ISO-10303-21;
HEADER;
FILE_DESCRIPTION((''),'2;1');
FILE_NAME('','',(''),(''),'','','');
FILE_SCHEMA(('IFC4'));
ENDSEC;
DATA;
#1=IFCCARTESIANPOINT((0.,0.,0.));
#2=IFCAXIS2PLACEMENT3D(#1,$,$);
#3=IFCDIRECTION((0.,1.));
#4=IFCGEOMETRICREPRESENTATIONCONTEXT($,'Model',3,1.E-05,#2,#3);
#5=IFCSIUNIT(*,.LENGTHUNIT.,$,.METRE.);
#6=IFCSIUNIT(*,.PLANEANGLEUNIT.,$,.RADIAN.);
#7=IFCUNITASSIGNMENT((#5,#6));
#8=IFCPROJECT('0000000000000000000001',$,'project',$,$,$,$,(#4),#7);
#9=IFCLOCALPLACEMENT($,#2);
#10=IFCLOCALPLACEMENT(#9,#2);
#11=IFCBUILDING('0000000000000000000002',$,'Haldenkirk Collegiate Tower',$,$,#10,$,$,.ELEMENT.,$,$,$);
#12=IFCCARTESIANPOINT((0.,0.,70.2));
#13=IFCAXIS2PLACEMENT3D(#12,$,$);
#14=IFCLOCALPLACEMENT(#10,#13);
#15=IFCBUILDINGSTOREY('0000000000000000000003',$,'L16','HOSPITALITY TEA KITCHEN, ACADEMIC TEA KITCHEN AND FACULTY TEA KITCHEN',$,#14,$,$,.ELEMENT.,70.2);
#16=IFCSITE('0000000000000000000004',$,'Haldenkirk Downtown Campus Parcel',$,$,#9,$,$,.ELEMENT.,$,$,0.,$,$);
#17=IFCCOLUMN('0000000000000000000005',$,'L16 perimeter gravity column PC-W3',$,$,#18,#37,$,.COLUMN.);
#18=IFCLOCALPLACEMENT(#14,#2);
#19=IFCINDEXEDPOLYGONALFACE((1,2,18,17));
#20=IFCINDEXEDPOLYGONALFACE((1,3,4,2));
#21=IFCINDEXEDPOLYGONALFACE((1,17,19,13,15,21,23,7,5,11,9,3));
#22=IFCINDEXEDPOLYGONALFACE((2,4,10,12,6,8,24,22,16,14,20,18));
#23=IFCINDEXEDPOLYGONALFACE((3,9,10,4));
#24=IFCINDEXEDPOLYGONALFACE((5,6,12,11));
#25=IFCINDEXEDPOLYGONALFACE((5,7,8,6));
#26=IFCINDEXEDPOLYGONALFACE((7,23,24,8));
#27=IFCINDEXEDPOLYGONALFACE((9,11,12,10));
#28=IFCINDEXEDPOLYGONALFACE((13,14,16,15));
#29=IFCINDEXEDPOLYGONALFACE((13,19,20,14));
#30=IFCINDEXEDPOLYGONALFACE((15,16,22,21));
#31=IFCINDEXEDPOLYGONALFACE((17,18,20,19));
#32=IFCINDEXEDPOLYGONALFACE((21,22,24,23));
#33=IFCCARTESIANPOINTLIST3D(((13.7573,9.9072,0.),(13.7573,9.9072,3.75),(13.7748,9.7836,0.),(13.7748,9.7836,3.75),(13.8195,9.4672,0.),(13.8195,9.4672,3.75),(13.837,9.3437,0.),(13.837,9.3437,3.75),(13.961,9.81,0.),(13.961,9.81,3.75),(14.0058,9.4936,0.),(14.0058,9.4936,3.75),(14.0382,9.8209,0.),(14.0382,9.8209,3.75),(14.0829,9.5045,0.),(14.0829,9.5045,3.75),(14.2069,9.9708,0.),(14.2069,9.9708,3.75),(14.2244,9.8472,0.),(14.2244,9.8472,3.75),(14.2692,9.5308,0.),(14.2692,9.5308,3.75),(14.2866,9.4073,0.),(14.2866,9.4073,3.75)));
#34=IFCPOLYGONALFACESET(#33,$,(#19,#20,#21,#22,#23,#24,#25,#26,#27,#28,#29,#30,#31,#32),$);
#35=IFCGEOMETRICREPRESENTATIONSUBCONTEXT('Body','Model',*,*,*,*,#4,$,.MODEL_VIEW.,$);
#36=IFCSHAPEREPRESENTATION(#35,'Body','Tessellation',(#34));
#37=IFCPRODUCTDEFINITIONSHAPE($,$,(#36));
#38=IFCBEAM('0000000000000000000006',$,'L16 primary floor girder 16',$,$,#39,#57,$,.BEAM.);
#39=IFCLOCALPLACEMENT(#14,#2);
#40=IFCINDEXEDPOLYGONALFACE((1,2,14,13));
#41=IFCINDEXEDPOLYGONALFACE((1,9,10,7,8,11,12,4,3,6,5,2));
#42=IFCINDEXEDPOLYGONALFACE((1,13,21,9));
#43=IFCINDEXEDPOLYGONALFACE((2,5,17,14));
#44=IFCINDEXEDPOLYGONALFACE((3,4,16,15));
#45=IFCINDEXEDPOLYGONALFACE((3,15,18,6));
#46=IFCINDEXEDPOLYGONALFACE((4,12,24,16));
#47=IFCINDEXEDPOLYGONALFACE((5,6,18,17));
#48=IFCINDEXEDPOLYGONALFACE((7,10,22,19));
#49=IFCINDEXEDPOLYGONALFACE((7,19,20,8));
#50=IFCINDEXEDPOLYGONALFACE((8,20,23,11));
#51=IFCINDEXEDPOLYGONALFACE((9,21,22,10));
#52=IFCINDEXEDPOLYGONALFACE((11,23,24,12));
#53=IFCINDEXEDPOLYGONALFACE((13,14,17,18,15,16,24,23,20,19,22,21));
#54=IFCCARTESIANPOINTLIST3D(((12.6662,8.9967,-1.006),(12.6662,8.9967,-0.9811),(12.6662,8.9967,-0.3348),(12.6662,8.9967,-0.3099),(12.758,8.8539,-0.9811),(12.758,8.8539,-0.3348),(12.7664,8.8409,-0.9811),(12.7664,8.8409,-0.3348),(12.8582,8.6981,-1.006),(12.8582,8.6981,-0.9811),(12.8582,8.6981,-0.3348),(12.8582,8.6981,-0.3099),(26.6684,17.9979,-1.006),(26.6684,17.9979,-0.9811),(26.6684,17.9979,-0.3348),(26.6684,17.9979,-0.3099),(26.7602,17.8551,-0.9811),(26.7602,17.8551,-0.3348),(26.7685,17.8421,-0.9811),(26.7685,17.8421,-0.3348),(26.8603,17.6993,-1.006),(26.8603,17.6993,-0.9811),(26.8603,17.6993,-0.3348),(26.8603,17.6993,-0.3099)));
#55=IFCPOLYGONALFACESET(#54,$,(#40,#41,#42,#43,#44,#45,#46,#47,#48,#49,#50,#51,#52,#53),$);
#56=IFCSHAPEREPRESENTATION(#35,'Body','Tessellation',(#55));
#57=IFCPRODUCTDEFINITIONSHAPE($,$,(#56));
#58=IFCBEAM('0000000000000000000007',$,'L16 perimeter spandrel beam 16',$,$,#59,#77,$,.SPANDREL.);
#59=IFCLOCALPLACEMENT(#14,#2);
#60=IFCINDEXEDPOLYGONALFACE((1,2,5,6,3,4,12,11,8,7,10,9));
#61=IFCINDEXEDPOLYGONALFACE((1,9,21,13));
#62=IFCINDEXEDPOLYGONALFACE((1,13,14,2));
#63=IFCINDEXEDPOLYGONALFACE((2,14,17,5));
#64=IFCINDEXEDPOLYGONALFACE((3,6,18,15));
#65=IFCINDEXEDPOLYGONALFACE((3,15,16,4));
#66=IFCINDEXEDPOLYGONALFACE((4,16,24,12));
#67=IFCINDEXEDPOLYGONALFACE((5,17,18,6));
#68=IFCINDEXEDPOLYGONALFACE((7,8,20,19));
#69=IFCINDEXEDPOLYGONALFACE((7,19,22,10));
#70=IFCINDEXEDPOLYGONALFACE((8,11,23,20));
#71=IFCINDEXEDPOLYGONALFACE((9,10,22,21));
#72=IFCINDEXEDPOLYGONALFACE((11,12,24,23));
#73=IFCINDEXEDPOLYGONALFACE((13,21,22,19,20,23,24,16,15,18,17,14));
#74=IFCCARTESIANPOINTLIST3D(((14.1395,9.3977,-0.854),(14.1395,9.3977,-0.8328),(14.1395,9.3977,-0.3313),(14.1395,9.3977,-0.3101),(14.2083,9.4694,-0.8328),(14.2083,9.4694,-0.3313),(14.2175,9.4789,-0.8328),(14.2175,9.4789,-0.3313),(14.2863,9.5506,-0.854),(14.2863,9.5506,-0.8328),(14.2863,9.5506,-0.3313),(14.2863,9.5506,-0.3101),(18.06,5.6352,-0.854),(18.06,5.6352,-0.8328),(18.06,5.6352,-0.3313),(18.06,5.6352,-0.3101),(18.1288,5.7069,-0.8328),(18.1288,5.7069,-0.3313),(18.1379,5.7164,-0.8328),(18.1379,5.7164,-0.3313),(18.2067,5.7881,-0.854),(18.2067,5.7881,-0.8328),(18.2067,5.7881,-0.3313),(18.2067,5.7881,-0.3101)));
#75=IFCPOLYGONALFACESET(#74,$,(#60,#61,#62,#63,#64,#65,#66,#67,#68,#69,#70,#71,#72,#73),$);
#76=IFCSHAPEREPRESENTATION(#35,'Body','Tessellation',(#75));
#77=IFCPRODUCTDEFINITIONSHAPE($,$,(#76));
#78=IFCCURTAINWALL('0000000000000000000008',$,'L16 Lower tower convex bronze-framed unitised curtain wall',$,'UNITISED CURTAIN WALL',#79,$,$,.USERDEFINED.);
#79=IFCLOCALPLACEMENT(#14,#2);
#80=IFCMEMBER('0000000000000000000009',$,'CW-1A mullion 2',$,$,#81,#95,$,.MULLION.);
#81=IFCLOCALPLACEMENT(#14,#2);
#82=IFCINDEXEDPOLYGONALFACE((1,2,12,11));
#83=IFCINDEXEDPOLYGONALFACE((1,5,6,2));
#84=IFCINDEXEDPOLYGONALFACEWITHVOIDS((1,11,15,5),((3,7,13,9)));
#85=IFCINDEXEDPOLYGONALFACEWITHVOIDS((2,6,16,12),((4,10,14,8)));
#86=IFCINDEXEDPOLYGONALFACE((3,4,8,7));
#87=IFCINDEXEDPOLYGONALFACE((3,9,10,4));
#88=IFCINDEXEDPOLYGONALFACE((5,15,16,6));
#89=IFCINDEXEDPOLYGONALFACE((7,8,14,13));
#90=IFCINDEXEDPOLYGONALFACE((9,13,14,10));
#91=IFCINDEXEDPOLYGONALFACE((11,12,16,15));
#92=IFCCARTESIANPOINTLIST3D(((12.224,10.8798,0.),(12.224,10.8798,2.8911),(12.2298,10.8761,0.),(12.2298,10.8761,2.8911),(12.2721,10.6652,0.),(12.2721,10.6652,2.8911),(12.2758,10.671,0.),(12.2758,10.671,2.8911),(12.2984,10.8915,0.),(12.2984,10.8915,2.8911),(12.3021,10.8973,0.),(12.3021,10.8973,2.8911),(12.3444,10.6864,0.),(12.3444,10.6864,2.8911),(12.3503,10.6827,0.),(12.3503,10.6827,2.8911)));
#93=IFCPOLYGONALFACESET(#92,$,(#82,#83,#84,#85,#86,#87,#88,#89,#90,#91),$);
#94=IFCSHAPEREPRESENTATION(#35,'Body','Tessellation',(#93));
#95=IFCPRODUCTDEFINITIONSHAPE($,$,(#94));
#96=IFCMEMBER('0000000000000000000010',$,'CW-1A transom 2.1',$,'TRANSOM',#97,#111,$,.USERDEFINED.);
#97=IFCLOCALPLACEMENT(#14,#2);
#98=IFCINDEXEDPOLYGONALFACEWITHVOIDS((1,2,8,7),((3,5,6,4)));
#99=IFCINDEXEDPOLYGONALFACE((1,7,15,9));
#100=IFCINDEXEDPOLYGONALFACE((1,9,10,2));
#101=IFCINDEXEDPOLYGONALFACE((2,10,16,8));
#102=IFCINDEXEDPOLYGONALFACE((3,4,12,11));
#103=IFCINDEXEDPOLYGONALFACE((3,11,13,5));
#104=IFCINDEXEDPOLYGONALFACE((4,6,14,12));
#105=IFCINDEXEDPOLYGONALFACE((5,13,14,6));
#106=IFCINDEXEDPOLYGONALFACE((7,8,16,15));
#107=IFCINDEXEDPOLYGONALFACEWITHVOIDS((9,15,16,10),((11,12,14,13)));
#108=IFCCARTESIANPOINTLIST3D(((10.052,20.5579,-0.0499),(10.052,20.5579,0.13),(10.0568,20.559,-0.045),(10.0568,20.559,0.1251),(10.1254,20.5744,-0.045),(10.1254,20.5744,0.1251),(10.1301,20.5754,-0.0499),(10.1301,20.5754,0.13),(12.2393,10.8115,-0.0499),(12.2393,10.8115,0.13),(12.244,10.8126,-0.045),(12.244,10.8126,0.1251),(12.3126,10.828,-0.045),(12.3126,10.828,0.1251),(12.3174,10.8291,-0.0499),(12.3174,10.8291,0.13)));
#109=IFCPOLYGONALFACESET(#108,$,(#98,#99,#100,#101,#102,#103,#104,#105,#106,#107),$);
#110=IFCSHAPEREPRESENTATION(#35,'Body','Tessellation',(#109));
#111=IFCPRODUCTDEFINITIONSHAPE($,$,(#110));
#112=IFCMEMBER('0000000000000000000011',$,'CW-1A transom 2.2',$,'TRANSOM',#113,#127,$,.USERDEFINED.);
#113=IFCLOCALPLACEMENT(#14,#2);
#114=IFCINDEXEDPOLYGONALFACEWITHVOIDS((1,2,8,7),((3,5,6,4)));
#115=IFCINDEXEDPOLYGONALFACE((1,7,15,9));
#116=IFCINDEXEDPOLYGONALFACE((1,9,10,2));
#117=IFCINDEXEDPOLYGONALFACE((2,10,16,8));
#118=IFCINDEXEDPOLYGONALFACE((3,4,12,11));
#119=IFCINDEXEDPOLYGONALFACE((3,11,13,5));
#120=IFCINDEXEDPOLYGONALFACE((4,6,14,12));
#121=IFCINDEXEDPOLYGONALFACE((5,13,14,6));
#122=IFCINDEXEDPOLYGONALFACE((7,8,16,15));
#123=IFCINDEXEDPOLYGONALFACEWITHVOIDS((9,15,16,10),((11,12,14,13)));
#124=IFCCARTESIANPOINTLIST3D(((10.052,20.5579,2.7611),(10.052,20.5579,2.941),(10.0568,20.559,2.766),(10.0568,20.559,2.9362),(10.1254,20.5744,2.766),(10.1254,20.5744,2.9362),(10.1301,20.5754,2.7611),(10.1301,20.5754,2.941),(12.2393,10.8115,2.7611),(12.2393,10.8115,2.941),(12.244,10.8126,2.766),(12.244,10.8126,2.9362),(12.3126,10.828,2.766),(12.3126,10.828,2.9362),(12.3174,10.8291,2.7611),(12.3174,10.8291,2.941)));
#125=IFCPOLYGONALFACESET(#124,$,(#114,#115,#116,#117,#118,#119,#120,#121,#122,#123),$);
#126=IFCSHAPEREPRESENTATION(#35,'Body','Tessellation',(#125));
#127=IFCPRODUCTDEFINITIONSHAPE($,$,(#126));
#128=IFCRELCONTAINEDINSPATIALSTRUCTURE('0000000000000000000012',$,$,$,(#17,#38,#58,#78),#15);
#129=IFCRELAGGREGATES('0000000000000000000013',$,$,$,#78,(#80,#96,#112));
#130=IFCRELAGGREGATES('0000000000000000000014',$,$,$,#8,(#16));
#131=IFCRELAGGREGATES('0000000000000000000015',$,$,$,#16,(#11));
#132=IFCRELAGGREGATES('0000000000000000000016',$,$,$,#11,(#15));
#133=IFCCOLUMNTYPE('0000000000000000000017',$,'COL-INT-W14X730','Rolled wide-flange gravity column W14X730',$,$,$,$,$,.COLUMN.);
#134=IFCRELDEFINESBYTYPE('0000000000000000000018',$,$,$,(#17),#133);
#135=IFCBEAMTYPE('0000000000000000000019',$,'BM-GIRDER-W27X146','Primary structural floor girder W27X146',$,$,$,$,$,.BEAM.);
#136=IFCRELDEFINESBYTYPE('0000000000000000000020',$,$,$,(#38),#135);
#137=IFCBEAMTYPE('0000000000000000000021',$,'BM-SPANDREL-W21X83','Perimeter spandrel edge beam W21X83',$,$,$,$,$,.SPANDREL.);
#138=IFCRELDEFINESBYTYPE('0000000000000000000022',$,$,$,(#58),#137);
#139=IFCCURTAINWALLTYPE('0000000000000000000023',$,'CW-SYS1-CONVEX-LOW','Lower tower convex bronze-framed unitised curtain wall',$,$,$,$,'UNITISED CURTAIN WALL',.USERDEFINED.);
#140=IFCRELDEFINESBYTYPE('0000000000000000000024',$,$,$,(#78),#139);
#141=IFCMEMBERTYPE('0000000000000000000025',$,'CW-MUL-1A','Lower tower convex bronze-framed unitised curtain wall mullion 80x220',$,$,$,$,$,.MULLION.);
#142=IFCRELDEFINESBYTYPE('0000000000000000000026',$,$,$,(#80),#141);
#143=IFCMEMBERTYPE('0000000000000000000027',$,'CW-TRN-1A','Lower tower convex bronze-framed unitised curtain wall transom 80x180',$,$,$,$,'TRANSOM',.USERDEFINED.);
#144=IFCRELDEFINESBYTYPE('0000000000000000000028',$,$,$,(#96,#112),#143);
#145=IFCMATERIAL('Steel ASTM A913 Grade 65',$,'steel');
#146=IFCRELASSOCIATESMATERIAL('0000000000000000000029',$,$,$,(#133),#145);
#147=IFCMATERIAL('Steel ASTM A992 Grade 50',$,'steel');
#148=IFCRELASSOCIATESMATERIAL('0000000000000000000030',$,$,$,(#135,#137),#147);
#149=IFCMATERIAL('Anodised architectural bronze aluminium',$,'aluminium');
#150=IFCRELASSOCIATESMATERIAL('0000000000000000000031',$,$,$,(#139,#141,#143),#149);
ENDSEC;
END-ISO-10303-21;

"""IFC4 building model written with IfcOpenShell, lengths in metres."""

from ifc_helpers import new_model, si_unit, direction, frame, origin, origin_2d, place, context, subcontext, project, spatial, hollow_rectangle, i_section, extrude, material, material_profile, profile_set, type_object, element, aggregate, save


model = new_model("IFC4")

# Units and contexts
model_context = context("Model", 3, precision=1e-05, world=origin(), true_north=direction((0.0, 1.0)))
body_context = subcontext(model_context, "Body", "Model", "MODEL_VIEW")
ifc_project = project(units=[si_unit("LENGTHUNIT", "METRE"), si_unit("PLANEANGLEUNIT", "RADIAN")], contexts=[model_context])

# Site, building, storey
site_placement = place(None, origin())
site = spatial("IfcSite", under=ifc_project, at=site_placement, Name="Haldenkirk Downtown Campus Parcel", CompositionType="ELEMENT", RefElevation=0.0)
building_placement = place(site_placement, origin())
building = spatial("IfcBuilding", under=site, at=building_placement, Name="Haldenkirk Collegiate Tower", CompositionType="ELEMENT")
storey_placement = place(building_placement, frame((0.0, 0.0, 70.2)))
storey = spatial("IfcBuildingStorey", under=building, at=storey_placement, Name="L16", Description="HOSPITALITY TEA KITCHEN, ACADEMIC TEA KITCHEN AND FACULTY TEA KITCHEN", CompositionType="ELEMENT", Elevation=70.2)

# Column
ifc_material_1 = material(Name="Steel ASTM A913 Grade 65", Category="steel")
ifc_material_profile_1 = material_profile(ifc_material_1, i_section(OverallWidth=0.4541, OverallDepth=0.5691, WebThickness=0.0779, FlangeThickness=0.1248, at=origin_2d()), Name="W14X730")
ifc_profile_set_1 = profile_set([ifc_material_profile_1], Name="Steel ASTM A913 Grade 65")
column_type = type_object("IfcColumnType", Name="COL-INT-W14X730", Description="Rolled wide-flange gravity column W14X730", PredefinedType="COLUMN", material=ifc_profile_set_1)
column_placement = place(storey_placement, frame((14.022, 9.6572, 0.0), z_axis=(0.0, 0.0, 1.0), x_axis=(0.990146, 0.140037, 0.0)))
element("IfcColumn", 1, at=column_placement, inside=storey, type_object=column_type, Name="L16 perimeter gravity column PC-W3", PredefinedType="COLUMN", context=body_context, shape_type="SweptSolid", body=[
    extrude(i_section(OverallWidth=0.4541, OverallDepth=0.5691, WebThickness=0.0779, FlangeThickness=0.1248, at=origin_2d()), origin(), (0.0, 0.0, 1.0), 3.75),
])

# Beams
ifc_material_2 = material(Name="Steel ASTM A992 Grade 50", Category="steel")
ifc_material_profile_2 = material_profile(ifc_material_2, i_section(OverallWidth=0.355, OverallDepth=0.696, WebThickness=0.0154, FlangeThickness=0.0249, at=origin_2d()), Name="W27X146")
ifc_profile_set_2 = profile_set([ifc_material_profile_2], Name="Steel ASTM A992 Grade 50")
beam_type_1 = type_object("IfcBeamType", Name="BM-GIRDER-W27X146", Description="Primary structural floor girder W27X146", PredefinedType="BEAM", material=ifc_profile_set_2)
beam_1_placement = place(storey_placement, frame((12.7622, 8.8474, -0.658), z_axis=(0.841184, 0.540749, 0.0), x_axis=(-0.540749, 0.841184, 0.0)))
element("IfcBeam", 2, at=beam_1_placement, inside=storey, type_object=beam_type_1, Name="L16 primary floor girder 16", PredefinedType="BEAM", context=body_context, shape_type="SweptSolid", body=[
    extrude(i_section(OverallWidth=0.355, OverallDepth=0.696, WebThickness=0.0154, FlangeThickness=0.0249, at=origin_2d()), origin(), (0.0, 0.0, 1.0), 16.6458),
])
ifc_material_profile_3 = material_profile(ifc_material_2, i_section(OverallWidth=0.2119, OverallDepth=0.5439, WebThickness=0.0132, FlangeThickness=0.0212, at=origin_2d()), Name="W21X83")
ifc_profile_set_3 = profile_set([ifc_material_profile_3], Name="Steel ASTM A992 Grade 50")
beam_type_2 = type_object("IfcBeamType", Name="BM-SPANDREL-W21X83", Description="Perimeter spandrel edge beam W21X83", PredefinedType="SPANDREL", material=ifc_profile_set_3)
beam_2_placement = place(storey_placement, frame((14.2129, 9.4741, -0.582), z_axis=(0.721492, -0.692422, 0.0), x_axis=(0.692422, 0.721492, 0.0)))
element("IfcBeam", 3, at=beam_2_placement, inside=storey, type_object=beam_type_2, Name="L16 perimeter spandrel beam 16", PredefinedType="SPANDREL", context=body_context, shape_type="SweptSolid", body=[
    extrude(i_section(OverallWidth=0.2119, OverallDepth=0.5439, WebThickness=0.0132, FlangeThickness=0.0212, at=origin_2d()), origin(), (0.0, 0.0, 1.0), 5.4338),
])

# Curtain wall, members
ifc_material_3 = material(Name="Anodised architectural bronze aluminium", Category="aluminium")
curtain_wall_type = type_object("IfcCurtainWallType", Name="CW-SYS1-CONVEX-LOW", Description="Lower tower convex bronze-framed unitised curtain wall", ElementType="UNITISED CURTAIN WALL", PredefinedType="USERDEFINED", material=ifc_material_3)
curtain_wall_placement = place(storey_placement, origin())
curtain_wall = element("IfcCurtainWall", 4, at=curtain_wall_placement, inside=storey, type_object=curtain_wall_type, Name="L16 Lower tower convex bronze-framed unitised curtain wall", ObjectType="UNITISED CURTAIN WALL", PredefinedType="USERDEFINED")
ifc_material_profile_4 = material_profile(ifc_material_3, hollow_rectangle(XDim=0.0801, YDim=0.22, WallThickness=0.0049, at=origin_2d()), Name="CW-MUL-1A")
ifc_profile_set_4 = profile_set([ifc_material_profile_4], Name="Anodised architectural bronze aluminium")
member_type_1 = type_object("IfcMemberType", Name="CW-MUL-1A", Description="Lower tower convex bronze-framed unitised curtain wall mullion 80x220", PredefinedType="MULLION", material=ifc_profile_set_4)
member_1_placement = place(storey_placement, frame((12.2871, 10.7812, 0.0), z_axis=(0.0, 0.0, 1.0), x_axis=(-0.975726, -0.218995, 0.0)))
member_1 = element("IfcMember", 5, at=member_1_placement, type_object=member_type_1, Name="CW-1A mullion 2", PredefinedType="MULLION", context=body_context, shape_type="SweptSolid", body=[
    extrude(hollow_rectangle(XDim=0.0801, YDim=0.22, WallThickness=0.0049, at=origin_2d()), origin(), (0.0, 0.0, 1.0), 2.8911),
])
ifc_material_profile_5 = material_profile(ifc_material_3, hollow_rectangle(XDim=0.0801, YDim=0.1799, WallThickness=0.0049, at=origin_2d()), Name="CW-TRN-1A")
ifc_profile_set_5 = profile_set([ifc_material_profile_5], Name="Anodised architectural bronze aluminium")
member_type_2 = type_object("IfcMemberType", Name="CW-TRN-1A", Description="Lower tower convex bronze-framed unitised curtain wall transom 80x180", ElementType="TRANSOM", PredefinedType="USERDEFINED", material=ifc_profile_set_5)
member_2_placement = place(storey_placement, frame((12.2783, 10.8203, 0.04), z_axis=(-0.218972, 0.975731, 0.0), x_axis=(-0.975731, -0.218972, 0.0)))
member_2 = element("IfcMember", 6, at=member_2_placement, type_object=member_type_2, Name="CW-1A transom 2.1", ObjectType="TRANSOM", PredefinedType="USERDEFINED", context=body_context, shape_type="SweptSolid", body=[
    extrude(hollow_rectangle(XDim=0.0801, YDim=0.1799, WallThickness=0.0049, at=origin_2d()), origin(), (0.0, 0.0, 1.0), 9.9888),
])
member_3_placement = place(storey_placement, frame((12.2783, 10.8203, 2.8511), z_axis=(-0.218972, 0.975731, 0.0), x_axis=(-0.975731, -0.218972, 0.0)))
member_3 = element("IfcMember", 7, at=member_3_placement, type_object=member_type_2, Name="CW-1A transom 2.2", ObjectType="TRANSOM", PredefinedType="USERDEFINED", context=body_context, shape_type="SweptSolid", body=[
    extrude(hollow_rectangle(XDim=0.0801, YDim=0.1799, WallThickness=0.0049, at=origin_2d()), origin(), (0.0, 0.0, 1.0), 9.9888),
])

aggregate(curtain_wall, [member_1, member_2, member_3])

save(model, "model.ifc")
